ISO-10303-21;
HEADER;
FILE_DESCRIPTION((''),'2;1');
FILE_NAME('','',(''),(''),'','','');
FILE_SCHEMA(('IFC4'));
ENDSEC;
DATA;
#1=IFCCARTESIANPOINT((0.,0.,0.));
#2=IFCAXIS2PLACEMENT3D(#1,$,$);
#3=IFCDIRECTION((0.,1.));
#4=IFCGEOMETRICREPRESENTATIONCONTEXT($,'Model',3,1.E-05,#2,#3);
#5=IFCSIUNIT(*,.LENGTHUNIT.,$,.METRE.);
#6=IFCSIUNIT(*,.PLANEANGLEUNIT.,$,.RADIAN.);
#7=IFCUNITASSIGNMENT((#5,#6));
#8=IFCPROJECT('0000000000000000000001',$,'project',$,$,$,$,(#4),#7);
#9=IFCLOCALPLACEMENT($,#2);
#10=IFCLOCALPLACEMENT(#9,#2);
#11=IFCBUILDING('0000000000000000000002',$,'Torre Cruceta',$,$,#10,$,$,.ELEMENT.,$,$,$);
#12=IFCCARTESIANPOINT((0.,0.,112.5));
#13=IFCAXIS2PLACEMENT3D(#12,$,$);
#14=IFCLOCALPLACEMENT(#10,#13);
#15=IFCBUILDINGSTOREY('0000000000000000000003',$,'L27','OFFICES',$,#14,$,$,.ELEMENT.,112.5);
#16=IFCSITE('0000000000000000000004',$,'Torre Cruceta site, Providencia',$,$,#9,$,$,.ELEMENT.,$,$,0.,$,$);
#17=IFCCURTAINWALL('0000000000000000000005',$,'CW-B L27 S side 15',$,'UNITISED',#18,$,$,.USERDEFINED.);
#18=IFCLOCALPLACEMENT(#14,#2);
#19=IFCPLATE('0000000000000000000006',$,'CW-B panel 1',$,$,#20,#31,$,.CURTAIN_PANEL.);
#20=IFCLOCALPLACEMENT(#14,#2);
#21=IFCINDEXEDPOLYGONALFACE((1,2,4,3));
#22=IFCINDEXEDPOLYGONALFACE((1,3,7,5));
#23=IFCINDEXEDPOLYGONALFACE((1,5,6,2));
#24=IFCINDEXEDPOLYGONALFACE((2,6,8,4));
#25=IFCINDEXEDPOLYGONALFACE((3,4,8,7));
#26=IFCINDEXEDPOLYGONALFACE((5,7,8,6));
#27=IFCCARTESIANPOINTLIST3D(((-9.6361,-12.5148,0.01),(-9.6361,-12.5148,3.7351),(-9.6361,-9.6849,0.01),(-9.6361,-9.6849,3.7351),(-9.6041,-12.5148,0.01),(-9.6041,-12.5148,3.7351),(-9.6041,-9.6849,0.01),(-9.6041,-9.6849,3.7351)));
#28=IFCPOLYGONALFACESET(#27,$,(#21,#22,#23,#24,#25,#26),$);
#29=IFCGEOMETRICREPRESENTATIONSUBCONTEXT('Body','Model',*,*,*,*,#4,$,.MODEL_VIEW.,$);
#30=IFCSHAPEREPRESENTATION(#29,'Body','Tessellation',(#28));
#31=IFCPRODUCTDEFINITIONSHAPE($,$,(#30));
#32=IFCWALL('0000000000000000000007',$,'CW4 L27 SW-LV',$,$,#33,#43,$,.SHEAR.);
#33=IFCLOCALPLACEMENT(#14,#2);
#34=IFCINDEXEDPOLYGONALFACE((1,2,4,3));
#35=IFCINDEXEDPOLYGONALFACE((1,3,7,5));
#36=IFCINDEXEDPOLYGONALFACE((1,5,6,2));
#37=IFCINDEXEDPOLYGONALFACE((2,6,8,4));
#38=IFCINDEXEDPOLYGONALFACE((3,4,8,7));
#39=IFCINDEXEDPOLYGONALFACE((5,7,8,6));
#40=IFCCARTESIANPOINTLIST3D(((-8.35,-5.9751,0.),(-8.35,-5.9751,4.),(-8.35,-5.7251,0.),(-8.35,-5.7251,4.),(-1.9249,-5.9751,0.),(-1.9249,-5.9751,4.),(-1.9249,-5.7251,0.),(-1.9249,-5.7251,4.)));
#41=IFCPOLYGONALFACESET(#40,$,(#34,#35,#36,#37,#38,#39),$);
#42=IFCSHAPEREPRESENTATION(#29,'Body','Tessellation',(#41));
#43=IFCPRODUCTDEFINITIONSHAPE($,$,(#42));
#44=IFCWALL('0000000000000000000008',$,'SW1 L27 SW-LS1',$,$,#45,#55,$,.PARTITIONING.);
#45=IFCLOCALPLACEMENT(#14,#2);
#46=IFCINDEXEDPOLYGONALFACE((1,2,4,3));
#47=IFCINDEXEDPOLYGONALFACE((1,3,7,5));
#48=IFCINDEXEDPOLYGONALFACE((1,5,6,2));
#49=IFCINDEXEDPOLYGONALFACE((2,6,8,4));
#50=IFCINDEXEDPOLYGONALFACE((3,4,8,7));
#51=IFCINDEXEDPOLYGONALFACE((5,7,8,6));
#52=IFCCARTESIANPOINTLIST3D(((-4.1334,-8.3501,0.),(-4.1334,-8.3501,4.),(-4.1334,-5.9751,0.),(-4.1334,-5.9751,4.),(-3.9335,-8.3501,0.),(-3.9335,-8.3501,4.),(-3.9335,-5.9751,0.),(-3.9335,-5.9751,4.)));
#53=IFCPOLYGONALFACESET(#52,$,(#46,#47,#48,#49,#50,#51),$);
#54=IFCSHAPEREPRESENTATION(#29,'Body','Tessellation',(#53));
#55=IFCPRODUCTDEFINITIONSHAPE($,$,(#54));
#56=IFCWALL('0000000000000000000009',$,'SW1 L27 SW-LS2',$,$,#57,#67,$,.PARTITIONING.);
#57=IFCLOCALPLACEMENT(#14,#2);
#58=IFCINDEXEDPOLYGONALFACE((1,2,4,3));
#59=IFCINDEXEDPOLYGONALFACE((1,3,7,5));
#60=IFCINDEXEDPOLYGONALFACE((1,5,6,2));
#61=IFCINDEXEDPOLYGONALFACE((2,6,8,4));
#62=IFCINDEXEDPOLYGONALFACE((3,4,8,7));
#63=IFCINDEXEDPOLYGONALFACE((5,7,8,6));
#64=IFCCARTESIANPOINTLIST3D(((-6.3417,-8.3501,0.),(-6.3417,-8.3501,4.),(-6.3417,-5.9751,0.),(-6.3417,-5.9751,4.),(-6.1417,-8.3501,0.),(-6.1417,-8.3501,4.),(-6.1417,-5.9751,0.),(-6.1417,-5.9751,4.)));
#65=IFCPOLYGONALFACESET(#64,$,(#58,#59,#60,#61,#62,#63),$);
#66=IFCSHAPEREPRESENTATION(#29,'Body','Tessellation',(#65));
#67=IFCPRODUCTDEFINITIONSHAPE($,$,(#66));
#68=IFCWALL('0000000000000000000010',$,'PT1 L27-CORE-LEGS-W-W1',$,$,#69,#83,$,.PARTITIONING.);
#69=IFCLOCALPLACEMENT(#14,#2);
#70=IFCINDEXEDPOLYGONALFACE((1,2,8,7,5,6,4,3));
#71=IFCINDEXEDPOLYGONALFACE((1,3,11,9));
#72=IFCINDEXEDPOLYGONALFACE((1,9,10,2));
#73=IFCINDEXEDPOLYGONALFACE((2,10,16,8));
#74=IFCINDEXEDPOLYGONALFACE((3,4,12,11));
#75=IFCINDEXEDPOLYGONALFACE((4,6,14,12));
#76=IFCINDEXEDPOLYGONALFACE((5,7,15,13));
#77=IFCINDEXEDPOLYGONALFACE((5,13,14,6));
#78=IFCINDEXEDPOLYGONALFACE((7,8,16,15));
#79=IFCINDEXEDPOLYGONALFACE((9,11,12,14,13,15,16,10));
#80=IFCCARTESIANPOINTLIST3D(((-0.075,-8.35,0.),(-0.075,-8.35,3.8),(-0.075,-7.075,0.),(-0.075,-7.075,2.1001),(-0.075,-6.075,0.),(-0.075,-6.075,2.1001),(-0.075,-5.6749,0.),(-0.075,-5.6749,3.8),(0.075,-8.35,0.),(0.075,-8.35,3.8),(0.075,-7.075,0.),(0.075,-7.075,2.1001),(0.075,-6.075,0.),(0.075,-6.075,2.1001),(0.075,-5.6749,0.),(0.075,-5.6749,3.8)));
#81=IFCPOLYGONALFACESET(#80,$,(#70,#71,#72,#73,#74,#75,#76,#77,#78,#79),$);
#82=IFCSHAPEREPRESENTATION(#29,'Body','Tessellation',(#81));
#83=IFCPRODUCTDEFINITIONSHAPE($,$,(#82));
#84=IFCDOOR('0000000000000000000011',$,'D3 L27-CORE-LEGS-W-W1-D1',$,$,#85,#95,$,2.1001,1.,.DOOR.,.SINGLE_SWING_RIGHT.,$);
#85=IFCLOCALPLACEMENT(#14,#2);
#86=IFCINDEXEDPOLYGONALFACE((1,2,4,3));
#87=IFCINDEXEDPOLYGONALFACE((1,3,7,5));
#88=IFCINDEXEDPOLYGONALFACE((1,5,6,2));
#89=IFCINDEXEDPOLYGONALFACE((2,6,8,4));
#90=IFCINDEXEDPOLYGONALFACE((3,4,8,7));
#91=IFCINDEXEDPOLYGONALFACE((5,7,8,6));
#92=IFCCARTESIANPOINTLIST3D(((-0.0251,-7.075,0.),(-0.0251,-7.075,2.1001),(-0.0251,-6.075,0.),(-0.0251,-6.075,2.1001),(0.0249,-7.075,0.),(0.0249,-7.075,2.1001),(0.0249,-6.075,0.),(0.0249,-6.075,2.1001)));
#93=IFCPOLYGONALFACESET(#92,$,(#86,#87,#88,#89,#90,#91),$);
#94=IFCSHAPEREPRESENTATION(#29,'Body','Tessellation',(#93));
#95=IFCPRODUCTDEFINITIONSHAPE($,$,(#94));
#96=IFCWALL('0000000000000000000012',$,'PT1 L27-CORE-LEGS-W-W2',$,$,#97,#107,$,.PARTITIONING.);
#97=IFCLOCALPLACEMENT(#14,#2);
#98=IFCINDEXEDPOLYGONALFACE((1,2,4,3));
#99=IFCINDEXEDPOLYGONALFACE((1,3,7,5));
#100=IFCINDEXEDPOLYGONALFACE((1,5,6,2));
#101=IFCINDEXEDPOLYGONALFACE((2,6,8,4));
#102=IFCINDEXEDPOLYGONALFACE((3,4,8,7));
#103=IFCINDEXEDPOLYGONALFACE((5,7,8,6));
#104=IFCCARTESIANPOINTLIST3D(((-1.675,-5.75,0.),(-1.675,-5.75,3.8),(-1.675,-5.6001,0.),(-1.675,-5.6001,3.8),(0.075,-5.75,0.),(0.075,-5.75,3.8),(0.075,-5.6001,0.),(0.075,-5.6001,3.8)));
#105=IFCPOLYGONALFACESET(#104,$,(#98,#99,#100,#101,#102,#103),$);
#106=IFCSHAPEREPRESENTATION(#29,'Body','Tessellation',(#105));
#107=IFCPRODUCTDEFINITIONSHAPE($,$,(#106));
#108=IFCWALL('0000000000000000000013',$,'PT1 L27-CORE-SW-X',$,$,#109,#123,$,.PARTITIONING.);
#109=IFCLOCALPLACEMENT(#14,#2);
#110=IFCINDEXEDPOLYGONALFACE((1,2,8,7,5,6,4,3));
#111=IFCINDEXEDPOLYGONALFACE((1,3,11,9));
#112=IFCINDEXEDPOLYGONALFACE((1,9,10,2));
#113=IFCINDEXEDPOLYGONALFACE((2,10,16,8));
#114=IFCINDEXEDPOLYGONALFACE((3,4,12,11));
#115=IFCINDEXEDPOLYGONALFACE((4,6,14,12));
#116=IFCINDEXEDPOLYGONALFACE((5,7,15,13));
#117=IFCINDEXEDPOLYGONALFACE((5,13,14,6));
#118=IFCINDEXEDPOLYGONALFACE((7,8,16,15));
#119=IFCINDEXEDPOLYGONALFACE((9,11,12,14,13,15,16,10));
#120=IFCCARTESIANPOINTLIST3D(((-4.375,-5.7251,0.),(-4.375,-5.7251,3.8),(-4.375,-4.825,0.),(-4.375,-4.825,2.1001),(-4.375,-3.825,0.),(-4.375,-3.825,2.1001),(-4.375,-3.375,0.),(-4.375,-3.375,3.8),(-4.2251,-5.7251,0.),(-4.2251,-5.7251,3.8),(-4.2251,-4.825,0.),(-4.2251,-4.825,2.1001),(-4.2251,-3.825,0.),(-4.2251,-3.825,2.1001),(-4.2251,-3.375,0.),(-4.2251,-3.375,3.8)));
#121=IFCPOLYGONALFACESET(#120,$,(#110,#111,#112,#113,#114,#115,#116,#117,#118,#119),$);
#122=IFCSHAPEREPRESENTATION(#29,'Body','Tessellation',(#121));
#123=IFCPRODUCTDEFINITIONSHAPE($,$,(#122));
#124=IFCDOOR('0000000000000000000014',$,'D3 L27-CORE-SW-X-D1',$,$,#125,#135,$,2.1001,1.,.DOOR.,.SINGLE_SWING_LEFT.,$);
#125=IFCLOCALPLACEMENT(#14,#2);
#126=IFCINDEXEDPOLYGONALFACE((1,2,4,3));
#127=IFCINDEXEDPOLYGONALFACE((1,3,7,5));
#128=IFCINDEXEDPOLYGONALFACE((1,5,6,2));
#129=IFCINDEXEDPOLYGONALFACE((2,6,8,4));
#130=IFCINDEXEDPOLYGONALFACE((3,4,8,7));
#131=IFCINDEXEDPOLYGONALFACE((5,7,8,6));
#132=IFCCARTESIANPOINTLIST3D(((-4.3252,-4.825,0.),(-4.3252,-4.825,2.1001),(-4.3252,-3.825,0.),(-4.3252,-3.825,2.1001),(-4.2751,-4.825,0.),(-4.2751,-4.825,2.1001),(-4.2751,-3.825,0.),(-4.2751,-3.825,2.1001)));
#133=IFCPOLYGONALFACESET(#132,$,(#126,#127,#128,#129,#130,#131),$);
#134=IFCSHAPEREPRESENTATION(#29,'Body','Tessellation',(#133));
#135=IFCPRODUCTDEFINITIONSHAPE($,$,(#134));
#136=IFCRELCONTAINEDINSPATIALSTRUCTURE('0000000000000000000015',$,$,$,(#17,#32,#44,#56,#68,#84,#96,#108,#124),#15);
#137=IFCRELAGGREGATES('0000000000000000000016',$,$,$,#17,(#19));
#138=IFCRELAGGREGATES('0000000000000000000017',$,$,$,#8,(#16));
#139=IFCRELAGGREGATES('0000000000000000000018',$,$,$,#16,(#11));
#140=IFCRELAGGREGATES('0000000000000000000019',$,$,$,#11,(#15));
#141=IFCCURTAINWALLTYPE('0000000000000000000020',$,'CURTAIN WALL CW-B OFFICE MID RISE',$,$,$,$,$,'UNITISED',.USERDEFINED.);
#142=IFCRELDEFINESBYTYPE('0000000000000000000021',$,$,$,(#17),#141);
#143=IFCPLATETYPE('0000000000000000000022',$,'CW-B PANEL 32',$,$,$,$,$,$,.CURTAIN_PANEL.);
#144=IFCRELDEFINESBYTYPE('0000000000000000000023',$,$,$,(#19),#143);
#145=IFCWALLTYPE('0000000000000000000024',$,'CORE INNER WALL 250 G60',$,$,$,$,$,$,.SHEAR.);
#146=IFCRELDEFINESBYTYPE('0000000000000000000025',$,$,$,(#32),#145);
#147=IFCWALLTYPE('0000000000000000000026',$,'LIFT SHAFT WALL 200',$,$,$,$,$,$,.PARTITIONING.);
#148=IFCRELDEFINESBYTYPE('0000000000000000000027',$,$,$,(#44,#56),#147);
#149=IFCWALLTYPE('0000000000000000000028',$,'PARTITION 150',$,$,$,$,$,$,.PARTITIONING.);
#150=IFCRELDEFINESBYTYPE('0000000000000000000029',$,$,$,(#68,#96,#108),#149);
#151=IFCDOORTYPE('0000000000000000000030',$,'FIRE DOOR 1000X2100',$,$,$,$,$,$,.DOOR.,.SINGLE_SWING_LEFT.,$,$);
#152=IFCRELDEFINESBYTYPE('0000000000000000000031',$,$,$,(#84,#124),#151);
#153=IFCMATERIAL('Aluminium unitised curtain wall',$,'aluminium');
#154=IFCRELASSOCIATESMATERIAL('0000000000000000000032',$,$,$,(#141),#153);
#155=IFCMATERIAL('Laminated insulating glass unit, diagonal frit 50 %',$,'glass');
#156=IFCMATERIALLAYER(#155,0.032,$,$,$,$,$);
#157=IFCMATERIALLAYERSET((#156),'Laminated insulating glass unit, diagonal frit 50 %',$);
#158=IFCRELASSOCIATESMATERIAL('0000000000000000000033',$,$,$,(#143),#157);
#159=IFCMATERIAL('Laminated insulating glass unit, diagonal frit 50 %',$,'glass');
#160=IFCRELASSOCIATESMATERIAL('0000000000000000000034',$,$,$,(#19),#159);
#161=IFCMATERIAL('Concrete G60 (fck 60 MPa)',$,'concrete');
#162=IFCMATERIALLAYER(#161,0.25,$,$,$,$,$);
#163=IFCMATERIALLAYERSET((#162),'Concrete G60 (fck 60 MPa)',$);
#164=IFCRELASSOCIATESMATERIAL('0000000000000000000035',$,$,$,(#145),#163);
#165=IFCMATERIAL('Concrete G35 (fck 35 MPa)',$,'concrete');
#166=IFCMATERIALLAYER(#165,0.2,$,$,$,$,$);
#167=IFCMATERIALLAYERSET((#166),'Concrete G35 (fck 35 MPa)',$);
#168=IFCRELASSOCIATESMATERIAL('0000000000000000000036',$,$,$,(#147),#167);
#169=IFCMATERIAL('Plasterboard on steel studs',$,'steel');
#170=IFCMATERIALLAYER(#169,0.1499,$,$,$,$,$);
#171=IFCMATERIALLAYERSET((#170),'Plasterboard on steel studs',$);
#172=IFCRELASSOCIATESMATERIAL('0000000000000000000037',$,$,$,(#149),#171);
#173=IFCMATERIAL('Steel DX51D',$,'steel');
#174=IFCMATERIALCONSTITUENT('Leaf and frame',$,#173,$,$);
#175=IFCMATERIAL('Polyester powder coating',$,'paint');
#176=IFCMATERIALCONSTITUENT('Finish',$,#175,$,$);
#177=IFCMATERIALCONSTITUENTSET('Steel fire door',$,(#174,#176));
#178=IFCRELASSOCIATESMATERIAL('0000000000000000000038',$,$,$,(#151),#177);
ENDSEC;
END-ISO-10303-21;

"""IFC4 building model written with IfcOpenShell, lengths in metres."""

from ifc_helpers import new_model, si_unit, direction, frame, frame_2d, origin, origin_2d, place, context, subcontext, project, spatial, rectangle, extrude, material, layer, layer_set, constituent, constituent_set, type_object, element, fill, aggregate, save


model = new_model("IFC4")

# Units and contexts
model_context = context("Model", 3, precision=1e-05, world=origin(), true_north=direction((0.0, 1.0)))
body_context = subcontext(model_context, "Body", "Model", "MODEL_VIEW")
ifc_project = project(units=[si_unit("LENGTHUNIT", "METRE"), si_unit("PLANEANGLEUNIT", "RADIAN")], contexts=[model_context])

# Site, building, storey
site_placement = place(None, origin())
site = spatial("IfcSite", under=ifc_project, at=site_placement, Name="Torre Cruceta site, Providencia", CompositionType="ELEMENT", RefElevation=0.0)
building_placement = place(site_placement, origin())
building = spatial("IfcBuilding", under=site, at=building_placement, Name="Torre Cruceta", CompositionType="ELEMENT")
storey_placement = place(building_placement, frame((0.0, 0.0, 112.5)))
storey = spatial("IfcBuildingStorey", under=building, at=storey_placement, Name="L27", Description="OFFICES", CompositionType="ELEMENT", Elevation=112.5)

# Curtain wall
ifc_material_1 = material(Name="Aluminium unitised curtain wall", Category="aluminium")
curtain_wall_type = type_object("IfcCurtainWallType", Name="CURTAIN WALL CW-B OFFICE MID RISE", ElementType="UNITISED", PredefinedType="USERDEFINED", material=ifc_material_1)
curtain_wall_placement = place(storey_placement, origin())
curtain_wall = element("IfcCurtainWall", 1, at=curtain_wall_placement, inside=storey, type_object=curtain_wall_type, Name="CW-B L27 S side 15", ObjectType="UNITISED", PredefinedType="USERDEFINED")

# Plate
ifc_material_2 = material(Name="Laminated insulating glass unit, diagonal frit 50 %", Category="glass")
ifc_material_3 = material(Name="Laminated insulating glass unit, diagonal frit 50 %", Category="glass")
ifc_layer_1 = layer(ifc_material_3, 0.032)
ifc_layer_set_1 = layer_set([ifc_layer_1], Name="Laminated insulating glass unit, diagonal frit 50 %")
plate_type = type_object("IfcPlateType", Name="CW-B PANEL 32", PredefinedType="CURTAIN_PANEL", material=ifc_layer_set_1)
plate_placement = place(storey_placement, frame((-9.6201, -11.0999, 0.01), z_axis=(0.0, 0.0, 1.0), x_axis=(0.0, -1.0, 0.0)))
plate = element("IfcPlate", 2, at=plate_placement, type_object=plate_type, material=ifc_material_2, Name="CW-B panel 1", PredefinedType="CURTAIN_PANEL", context=body_context, shape_type="SweptSolid", body=[
    extrude(rectangle(XDim=2.8298, YDim=0.032, at=origin_2d()), origin(), (0.0, 0.0, 1.0), 3.7251),
])
aggregate(curtain_wall, [plate])

# Wall
ifc_material_4 = material(Name="Concrete G60 (fck 60 MPa)", Category="concrete")
ifc_layer_2 = layer(ifc_material_4, 0.25)
ifc_layer_set_2 = layer_set([ifc_layer_2], Name="Concrete G60 (fck 60 MPa)")
wall_type_1 = type_object("IfcWallType", Name="CORE INNER WALL 250 G60", PredefinedType="SHEAR", material=ifc_layer_set_2)
wall_1_placement = place(storey_placement, frame((-1.925, -5.8501, 0.0), z_axis=(0.0, 0.0, 1.0), x_axis=(-1.0, 0.0, 0.0)))
element("IfcWall", 3, at=wall_1_placement, inside=storey, type_object=wall_type_1, Name="CW4 L27 SW-LV", PredefinedType="SHEAR", context=body_context, shape_type="SweptSolid", body=[
    extrude(rectangle(XDim=6.425, YDim=0.25, at=frame_2d((3.2124, 0.0))), origin(), (0.0, 0.0, 1.0), 4.0),
])

# Walls
ifc_material_5 = material(Name="Concrete G35 (fck 35 MPa)", Category="concrete")
ifc_layer_3 = layer(ifc_material_5, 0.2)
ifc_layer_set_3 = layer_set([ifc_layer_3], Name="Concrete G35 (fck 35 MPa)")
wall_type_2 = type_object("IfcWallType", Name="LIFT SHAFT WALL 200", PredefinedType="PARTITIONING", material=ifc_layer_set_3)
for number, where, z_axis, x_axis, name in (
    (4, (-4.0334, -5.9751, 0.0), (0.0, 0.0, 1.0), (0.0, -1.0, 0.0), "SW1 L27 SW-LS1"),
    (5, (-6.2417, -5.9751, 0.0), (0.0, 0.0, 1.0), (0.0, -1.0, 0.0), "SW1 L27 SW-LS2"),
):
    element("IfcWall", number, at=place(storey_placement, frame(where, z_axis=z_axis, x_axis=x_axis)), inside=storey, type_object=wall_type_2, Name=name, PredefinedType="PARTITIONING", context=body_context, shape_type="SweptSolid", body=[
        extrude(rectangle(XDim=2.375, YDim=0.2, at=frame_2d((1.1875, 0.0))), origin(), (0.0, 0.0, 1.0), 4.0),
    ])

# Wall, opening, door
ifc_material_6 = material(Name="Plasterboard on steel studs", Category="steel")
ifc_layer_4 = layer(ifc_material_6, 0.1499)
ifc_layer_set_4 = layer_set([ifc_layer_4], Name="Plasterboard on steel studs")
wall_type_3 = type_object("IfcWallType", Name="PARTITION 150", PredefinedType="PARTITIONING", material=ifc_layer_set_4)
wall_2_placement = place(storey_placement, frame((0.0, -5.675, 0.0), z_axis=(0.0, 0.0, 1.0), x_axis=(0.0, -1.0, 0.0)))
wall_2 = element("IfcWall", 6, at=wall_2_placement, inside=storey, type_object=wall_type_3, Name="PT1 L27-CORE-LEGS-W-W1", PredefinedType="PARTITIONING", context=body_context, shape_type="SweptSolid", body=[
    extrude(rectangle(XDim=2.675, YDim=0.1499, at=frame_2d((1.3374, 0.0))), origin(), (0.0, 0.0, 1.0), 3.8),
])
opening_1_placement = place(wall_2_placement, frame((0.3999, 0.0, 0.0)))
opening_1 = element("IfcOpeningElement", 7, at=opening_1_placement, cuts=wall_2, PredefinedType="OPENING", context=body_context, shape_type="SweptSolid", body=[
    extrude(rectangle(XDim=1.0, YDim=2.1001, at=frame_2d((0.5, 1.05))), frame((0.0, 0.085, 0.0), z_axis=(0.0, -1.0, 0.0), x_axis=(1.0, 0.0, 0.0)), (0.0, 0.0, 1.0), 0.1699),
])
ifc_material_7 = material(Name="Steel DX51D", Category="steel")
ifc_constituent_1 = constituent(ifc_material_7, Name="Leaf and frame")
ifc_material_8 = material(Name="Polyester powder coating", Category="paint")
ifc_constituent_2 = constituent(ifc_material_8, Name="Finish")
ifc_constituent_set_1 = constituent_set(constituents=[ifc_constituent_1, ifc_constituent_2], Name="Steel fire door")
door_type_1 = type_object("IfcDoorType", Name="FIRE DOOR 1000X2100", OperationType="SINGLE_SWING_LEFT", PredefinedType="DOOR", material=ifc_constituent_set_1)
door_1_placement = place(opening_1_placement, frame((1.0, 0.0, 0.0), z_axis=(0.0, 0.0, 1.0), x_axis=(-1.0, 0.0, 0.0)))
door_1 = element("IfcDoor", 8, at=door_1_placement, inside=storey, type_object=door_type_1, Name="D3 L27-CORE-LEGS-W-W1-D1", OperationType="SINGLE_SWING_RIGHT", OverallHeight=2.1001, OverallWidth=1.0, PredefinedType="DOOR", context=body_context, shape_type="SweptSolid", body=[
    extrude(rectangle(XDim=1.0, YDim=2.1001, at=frame_2d((0.5, 1.05))), frame((0.0, 0.0251, 0.0), z_axis=(0.0, -1.0, 0.0), x_axis=(1.0, 0.0, 0.0)), (0.0, 0.0, 1.0), 0.05),
])
fill(opening_1, door_1)

# Wall
wall_3_placement = place(storey_placement, frame((-1.675, -5.675, 0.0), z_axis=(0.0, 0.0, 1.0), x_axis=(1.0, 0.0, 0.0)))
element("IfcWall", 9, at=wall_3_placement, inside=storey, type_object=wall_type_3, Name="PT1 L27-CORE-LEGS-W-W2", PredefinedType="PARTITIONING", context=body_context, shape_type="SweptSolid", body=[
    extrude(rectangle(XDim=1.75, YDim=0.1499, at=frame_2d((0.875, 0.0))), origin(), (0.0, 0.0, 1.0), 3.8),
])

# Wall, opening, door
wall_4_placement = place(storey_placement, frame((-4.3, -3.375, 0.0), z_axis=(0.0, 0.0, 1.0), x_axis=(0.0, -1.0, 0.0)))
wall_4 = element("IfcWall", 10, at=wall_4_placement, inside=storey, type_object=wall_type_3, Name="PT1 L27-CORE-SW-X", PredefinedType="PARTITIONING", context=body_context, shape_type="SweptSolid", body=[
    extrude(rectangle(XDim=2.3501, YDim=0.1499, at=frame_2d((1.175, 0.0))), origin(), (0.0, 0.0, 1.0), 3.8),
])
opening_2_placement = place(wall_4_placement, frame((0.45, 0.0, 0.0)))
opening_2 = element("IfcOpeningElement", 11, at=opening_2_placement, cuts=wall_4, PredefinedType="OPENING", context=body_context, shape_type="SweptSolid", body=[
    extrude(rectangle(XDim=1.0, YDim=2.1001, at=frame_2d((0.5, 1.05))), frame((0.0, 0.085, 0.0), z_axis=(0.0, -1.0, 0.0), x_axis=(1.0, 0.0, 0.0)), (0.0, 0.0, 1.0), 0.1699),
])
door_2_placement = place(opening_2_placement, origin())
door_2 = element("IfcDoor", 12, at=door_2_placement, inside=storey, type_object=door_type_1, Name="D3 L27-CORE-SW-X-D1", OperationType="SINGLE_SWING_LEFT", OverallHeight=2.1001, OverallWidth=1.0, PredefinedType="DOOR", context=body_context, shape_type="SweptSolid", body=[
    extrude(rectangle(XDim=1.0, YDim=2.1001, at=frame_2d((0.5, 1.05))), frame((0.0, 0.0249, 0.0), z_axis=(0.0, -1.0, 0.0), x_axis=(1.0, 0.0, 0.0)), (0.0, 0.0, 1.0), 0.05),
])
fill(opening_2, door_2)

save(model, "model.ifc")
